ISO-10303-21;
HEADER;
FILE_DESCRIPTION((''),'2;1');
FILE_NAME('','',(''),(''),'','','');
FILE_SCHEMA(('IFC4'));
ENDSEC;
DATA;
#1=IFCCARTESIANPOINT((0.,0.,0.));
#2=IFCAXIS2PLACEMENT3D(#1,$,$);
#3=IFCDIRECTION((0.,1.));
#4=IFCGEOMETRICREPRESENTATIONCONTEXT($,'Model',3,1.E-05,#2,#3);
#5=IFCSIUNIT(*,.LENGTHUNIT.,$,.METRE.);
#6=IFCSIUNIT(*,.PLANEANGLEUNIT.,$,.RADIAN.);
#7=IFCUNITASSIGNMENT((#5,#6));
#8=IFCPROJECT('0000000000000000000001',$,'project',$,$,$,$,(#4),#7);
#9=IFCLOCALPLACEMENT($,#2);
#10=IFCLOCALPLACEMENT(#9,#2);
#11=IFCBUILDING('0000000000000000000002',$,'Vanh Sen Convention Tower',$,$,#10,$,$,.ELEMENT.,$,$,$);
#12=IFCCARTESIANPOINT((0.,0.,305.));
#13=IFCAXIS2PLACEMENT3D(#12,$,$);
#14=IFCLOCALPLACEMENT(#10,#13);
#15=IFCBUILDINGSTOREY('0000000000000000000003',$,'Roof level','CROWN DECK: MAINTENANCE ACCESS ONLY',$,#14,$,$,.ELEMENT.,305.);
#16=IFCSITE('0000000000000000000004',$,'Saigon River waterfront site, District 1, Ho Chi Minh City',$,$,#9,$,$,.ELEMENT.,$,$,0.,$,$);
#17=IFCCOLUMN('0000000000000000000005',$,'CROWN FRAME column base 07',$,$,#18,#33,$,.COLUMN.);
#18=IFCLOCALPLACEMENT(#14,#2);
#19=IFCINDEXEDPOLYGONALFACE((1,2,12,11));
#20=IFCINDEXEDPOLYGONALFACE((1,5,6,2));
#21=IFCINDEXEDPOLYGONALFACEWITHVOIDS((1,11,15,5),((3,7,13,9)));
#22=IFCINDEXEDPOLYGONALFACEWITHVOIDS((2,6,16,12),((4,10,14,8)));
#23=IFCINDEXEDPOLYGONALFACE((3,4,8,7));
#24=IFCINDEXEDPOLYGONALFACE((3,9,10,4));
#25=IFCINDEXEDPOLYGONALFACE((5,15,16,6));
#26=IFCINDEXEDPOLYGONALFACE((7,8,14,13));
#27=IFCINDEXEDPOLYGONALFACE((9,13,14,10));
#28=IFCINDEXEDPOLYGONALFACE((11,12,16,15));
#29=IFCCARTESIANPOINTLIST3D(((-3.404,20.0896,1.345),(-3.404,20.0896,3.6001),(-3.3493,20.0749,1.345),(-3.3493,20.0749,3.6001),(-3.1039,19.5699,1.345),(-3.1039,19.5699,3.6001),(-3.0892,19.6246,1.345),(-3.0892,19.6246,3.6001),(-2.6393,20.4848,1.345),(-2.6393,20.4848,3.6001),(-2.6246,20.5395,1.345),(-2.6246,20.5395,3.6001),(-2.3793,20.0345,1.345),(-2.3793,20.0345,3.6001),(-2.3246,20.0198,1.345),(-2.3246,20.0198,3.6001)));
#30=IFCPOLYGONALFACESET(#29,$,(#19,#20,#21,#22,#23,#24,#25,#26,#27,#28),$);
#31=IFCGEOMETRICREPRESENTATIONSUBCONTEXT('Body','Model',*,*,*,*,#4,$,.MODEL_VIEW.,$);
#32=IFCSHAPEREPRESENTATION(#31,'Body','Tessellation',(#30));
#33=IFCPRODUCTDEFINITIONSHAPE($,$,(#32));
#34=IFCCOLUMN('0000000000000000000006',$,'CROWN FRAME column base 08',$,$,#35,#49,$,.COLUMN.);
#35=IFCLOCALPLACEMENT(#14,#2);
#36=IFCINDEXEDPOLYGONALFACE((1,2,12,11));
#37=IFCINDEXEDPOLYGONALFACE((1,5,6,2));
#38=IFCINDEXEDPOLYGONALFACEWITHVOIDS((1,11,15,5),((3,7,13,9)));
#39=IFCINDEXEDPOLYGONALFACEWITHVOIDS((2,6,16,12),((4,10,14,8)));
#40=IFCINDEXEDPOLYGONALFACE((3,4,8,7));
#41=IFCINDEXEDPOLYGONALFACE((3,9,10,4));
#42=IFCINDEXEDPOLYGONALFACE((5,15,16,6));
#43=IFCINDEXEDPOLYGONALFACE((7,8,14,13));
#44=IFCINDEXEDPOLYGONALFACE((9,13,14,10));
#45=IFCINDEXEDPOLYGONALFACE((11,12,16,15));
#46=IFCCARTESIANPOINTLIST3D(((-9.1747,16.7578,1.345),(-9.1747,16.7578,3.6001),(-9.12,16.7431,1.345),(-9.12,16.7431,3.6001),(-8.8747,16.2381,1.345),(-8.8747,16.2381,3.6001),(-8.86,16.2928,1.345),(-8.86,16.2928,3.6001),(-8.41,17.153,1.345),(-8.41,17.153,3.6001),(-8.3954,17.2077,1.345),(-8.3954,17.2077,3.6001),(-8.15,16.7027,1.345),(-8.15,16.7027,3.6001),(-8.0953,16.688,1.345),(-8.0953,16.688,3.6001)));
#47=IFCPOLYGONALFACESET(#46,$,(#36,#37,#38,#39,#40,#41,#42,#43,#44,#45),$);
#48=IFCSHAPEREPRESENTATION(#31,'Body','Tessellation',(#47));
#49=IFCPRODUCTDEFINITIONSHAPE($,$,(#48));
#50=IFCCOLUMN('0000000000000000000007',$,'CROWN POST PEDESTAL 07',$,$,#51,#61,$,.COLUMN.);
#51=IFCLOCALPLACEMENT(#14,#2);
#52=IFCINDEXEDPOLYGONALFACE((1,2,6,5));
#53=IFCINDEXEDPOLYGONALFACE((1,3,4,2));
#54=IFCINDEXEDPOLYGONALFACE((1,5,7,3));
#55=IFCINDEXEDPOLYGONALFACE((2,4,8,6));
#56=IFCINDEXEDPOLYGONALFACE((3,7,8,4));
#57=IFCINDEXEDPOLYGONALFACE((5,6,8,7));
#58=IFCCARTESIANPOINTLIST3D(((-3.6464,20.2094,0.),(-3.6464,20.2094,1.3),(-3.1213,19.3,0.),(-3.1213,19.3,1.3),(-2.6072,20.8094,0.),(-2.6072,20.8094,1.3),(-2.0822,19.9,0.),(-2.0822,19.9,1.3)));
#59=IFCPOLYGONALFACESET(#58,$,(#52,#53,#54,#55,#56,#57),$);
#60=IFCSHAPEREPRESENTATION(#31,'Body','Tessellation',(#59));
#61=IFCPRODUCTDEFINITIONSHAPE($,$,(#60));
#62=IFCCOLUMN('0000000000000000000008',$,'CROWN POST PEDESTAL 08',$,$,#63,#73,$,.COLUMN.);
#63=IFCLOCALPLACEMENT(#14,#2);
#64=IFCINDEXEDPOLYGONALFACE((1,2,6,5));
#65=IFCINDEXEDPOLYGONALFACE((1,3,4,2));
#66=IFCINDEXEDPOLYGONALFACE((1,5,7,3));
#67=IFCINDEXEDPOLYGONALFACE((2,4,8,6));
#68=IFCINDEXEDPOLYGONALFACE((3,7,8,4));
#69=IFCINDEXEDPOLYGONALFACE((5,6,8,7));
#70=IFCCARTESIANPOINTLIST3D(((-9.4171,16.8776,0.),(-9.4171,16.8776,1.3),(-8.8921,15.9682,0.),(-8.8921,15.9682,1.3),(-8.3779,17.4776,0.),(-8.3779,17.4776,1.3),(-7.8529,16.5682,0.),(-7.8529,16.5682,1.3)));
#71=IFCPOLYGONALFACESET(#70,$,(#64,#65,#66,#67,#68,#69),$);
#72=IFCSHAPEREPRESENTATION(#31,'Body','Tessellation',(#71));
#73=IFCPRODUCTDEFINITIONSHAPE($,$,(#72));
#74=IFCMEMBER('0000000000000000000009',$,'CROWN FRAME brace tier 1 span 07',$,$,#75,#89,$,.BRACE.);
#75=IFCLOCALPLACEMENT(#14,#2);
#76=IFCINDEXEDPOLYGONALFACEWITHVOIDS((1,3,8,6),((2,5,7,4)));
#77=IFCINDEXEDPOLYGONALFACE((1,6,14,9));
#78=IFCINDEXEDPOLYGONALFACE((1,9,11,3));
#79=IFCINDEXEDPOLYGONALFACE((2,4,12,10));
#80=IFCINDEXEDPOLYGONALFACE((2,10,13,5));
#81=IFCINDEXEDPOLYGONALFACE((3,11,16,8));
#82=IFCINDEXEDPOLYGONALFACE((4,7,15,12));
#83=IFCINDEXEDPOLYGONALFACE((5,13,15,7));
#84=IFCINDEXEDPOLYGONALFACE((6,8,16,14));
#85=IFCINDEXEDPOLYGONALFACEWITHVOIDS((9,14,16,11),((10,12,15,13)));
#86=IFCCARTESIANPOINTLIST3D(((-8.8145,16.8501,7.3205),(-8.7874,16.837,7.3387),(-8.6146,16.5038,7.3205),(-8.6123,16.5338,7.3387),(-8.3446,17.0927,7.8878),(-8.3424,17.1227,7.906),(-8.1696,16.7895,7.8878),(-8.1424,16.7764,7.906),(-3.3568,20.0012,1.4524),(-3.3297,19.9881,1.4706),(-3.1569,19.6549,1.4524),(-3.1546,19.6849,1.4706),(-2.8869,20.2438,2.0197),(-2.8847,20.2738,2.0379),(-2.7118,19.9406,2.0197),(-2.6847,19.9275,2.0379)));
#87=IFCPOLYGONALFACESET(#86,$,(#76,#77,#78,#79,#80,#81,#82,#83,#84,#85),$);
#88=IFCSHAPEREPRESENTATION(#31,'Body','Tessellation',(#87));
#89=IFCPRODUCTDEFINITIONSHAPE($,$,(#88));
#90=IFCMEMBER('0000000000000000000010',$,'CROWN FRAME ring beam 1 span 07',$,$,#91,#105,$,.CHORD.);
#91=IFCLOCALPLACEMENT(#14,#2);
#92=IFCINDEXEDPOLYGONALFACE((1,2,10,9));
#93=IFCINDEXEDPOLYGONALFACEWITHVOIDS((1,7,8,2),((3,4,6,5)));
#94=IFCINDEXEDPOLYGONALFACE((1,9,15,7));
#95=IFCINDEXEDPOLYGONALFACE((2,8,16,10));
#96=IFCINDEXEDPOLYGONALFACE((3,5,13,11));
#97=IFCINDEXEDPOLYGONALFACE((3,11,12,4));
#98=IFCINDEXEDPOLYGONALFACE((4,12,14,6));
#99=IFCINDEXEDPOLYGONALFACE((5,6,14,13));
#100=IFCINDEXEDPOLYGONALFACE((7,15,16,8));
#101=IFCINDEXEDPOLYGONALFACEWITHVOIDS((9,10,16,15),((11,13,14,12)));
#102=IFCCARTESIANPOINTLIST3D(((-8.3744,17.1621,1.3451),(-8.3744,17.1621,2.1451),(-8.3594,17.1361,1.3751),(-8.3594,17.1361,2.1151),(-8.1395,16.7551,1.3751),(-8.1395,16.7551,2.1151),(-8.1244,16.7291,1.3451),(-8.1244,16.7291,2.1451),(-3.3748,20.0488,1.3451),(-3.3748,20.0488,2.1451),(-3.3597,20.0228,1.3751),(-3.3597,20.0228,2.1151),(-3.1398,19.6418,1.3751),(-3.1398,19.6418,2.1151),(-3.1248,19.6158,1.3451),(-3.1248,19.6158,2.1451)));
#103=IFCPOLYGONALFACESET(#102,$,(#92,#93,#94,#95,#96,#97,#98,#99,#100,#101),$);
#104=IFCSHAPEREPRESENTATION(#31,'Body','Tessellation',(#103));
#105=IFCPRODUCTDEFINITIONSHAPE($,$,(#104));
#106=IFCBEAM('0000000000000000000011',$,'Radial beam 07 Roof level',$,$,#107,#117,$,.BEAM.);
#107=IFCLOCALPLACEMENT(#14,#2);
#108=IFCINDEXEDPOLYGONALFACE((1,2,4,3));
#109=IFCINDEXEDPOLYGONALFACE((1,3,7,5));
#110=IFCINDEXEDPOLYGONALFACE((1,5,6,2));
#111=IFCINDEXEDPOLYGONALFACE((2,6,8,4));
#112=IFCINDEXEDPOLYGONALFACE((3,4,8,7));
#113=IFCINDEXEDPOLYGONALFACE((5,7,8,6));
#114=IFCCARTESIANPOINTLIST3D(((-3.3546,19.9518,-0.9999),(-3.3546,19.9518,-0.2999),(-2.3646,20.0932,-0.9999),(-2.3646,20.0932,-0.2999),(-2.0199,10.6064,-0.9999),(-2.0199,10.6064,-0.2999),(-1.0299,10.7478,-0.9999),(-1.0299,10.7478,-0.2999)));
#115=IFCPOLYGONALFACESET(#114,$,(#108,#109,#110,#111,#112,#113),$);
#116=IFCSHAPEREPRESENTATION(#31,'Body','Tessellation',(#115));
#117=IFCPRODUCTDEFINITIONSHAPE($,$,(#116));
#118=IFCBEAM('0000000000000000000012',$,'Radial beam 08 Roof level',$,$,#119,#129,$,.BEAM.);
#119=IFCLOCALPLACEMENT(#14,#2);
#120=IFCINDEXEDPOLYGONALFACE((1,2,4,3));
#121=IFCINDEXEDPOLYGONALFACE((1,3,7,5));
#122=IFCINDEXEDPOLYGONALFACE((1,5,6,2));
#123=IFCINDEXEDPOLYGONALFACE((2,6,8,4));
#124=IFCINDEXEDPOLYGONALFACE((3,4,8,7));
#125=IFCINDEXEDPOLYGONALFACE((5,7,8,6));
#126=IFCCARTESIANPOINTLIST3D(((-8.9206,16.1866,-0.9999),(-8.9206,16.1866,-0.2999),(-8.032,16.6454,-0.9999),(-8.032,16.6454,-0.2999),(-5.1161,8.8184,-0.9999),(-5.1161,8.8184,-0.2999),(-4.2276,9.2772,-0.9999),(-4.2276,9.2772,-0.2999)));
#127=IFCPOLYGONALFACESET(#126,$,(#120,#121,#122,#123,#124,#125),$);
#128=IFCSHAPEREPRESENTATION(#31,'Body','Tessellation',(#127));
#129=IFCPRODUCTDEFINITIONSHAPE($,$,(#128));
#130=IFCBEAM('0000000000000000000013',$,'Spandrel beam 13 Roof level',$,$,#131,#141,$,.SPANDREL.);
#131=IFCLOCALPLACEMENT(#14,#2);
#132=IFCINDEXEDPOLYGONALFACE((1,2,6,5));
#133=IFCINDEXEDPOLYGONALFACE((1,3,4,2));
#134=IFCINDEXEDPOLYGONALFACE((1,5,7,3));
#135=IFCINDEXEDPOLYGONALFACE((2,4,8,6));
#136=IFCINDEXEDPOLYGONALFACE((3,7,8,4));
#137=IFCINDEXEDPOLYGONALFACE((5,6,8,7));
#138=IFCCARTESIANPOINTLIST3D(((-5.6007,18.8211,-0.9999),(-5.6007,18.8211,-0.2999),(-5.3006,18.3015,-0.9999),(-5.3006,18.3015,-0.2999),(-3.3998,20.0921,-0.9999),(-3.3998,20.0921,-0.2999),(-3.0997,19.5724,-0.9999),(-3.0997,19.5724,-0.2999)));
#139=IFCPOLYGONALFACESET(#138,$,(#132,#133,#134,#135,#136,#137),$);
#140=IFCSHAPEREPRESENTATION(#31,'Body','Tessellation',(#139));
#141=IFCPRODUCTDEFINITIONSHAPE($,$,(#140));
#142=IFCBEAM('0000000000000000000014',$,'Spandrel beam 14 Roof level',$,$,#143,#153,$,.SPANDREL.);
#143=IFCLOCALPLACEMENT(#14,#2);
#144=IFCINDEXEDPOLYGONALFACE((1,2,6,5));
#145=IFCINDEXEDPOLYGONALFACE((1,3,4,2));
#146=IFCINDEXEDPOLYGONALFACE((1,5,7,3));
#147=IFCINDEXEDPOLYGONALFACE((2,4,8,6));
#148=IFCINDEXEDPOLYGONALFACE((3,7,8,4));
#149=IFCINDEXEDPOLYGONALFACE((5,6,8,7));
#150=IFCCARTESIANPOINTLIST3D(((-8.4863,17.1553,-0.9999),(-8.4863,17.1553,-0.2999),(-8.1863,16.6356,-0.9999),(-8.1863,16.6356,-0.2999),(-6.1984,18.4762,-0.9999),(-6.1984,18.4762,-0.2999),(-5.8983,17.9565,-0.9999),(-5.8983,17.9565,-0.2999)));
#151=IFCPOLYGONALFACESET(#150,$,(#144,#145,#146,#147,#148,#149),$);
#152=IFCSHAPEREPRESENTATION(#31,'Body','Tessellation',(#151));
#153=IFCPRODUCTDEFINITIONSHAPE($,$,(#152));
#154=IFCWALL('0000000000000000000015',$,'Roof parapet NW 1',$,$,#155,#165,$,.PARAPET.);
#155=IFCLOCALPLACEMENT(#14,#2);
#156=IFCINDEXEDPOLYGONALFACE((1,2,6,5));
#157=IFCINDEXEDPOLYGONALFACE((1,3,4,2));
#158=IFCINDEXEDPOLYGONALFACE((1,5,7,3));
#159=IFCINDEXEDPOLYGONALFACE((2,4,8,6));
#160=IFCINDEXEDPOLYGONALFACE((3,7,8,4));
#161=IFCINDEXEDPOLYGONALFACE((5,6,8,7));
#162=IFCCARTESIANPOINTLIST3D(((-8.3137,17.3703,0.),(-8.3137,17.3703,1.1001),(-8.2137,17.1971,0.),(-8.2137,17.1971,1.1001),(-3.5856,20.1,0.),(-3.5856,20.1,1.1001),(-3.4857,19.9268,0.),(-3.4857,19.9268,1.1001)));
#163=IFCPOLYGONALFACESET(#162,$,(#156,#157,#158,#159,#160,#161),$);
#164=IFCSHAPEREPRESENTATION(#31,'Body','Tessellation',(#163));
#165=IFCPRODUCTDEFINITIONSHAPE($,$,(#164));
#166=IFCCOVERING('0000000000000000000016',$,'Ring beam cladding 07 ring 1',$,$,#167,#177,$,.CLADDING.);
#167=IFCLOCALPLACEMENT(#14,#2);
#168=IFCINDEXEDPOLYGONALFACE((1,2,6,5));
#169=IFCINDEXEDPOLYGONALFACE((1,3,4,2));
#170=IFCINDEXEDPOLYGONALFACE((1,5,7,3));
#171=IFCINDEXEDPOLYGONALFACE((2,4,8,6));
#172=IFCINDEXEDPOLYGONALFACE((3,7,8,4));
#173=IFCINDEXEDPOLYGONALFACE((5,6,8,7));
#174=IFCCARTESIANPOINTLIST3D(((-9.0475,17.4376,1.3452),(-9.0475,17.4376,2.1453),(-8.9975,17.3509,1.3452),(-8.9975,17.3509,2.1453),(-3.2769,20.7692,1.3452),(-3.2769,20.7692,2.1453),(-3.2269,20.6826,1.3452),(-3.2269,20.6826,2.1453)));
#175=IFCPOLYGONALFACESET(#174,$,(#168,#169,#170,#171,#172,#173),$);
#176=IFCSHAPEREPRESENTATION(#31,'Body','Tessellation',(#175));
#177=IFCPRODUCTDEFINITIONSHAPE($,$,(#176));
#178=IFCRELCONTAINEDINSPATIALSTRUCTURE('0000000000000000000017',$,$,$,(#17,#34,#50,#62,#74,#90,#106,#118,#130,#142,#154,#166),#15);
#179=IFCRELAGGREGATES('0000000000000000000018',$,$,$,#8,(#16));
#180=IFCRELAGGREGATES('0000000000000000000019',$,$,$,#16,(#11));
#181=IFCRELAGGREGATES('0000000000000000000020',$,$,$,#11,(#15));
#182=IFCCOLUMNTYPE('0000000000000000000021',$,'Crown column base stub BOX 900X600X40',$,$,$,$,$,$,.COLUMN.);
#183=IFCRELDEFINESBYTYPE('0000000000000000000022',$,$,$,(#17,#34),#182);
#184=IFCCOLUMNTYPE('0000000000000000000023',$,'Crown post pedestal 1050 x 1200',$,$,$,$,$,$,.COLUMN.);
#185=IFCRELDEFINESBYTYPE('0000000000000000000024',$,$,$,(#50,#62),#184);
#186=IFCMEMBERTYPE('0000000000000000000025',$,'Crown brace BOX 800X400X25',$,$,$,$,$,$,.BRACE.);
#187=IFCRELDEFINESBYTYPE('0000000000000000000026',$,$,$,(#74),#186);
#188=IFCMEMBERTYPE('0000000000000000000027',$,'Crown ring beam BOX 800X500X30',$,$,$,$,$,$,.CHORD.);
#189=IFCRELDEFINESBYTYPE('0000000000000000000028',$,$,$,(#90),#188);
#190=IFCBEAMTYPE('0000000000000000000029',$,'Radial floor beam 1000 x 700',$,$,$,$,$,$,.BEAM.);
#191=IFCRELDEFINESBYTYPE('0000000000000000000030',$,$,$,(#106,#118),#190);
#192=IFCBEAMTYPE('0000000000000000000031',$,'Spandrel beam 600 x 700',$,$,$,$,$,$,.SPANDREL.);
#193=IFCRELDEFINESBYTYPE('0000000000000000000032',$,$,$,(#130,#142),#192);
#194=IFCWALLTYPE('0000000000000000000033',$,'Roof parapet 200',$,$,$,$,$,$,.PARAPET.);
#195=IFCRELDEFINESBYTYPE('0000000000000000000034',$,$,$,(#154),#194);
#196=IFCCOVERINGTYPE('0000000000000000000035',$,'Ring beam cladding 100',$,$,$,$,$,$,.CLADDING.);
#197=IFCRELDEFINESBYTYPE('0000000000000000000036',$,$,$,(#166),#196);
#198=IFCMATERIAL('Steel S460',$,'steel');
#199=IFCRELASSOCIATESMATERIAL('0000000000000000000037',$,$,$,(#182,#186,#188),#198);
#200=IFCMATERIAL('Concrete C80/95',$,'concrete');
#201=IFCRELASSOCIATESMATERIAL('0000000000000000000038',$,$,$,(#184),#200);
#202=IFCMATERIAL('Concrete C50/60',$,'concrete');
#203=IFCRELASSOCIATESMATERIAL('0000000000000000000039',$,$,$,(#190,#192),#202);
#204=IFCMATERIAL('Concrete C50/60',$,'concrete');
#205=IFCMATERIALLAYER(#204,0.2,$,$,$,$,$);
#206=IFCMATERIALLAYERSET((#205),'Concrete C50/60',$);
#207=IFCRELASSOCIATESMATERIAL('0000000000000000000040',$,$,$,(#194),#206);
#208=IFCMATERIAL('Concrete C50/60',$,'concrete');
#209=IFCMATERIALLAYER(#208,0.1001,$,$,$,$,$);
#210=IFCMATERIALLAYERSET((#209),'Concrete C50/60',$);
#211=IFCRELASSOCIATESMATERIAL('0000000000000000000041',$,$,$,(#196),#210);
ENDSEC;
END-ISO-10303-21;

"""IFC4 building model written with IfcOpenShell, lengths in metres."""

from ifc_helpers import new_model, si_unit, direction, frame, frame_2d, origin, origin_2d, place, context, subcontext, project, spatial, rectangle, hollow_rectangle, extrude, material, layer, layer_set, material_profile, profile_set, type_object, element, save


model = new_model("IFC4")

# Units and contexts
model_context = context("Model", 3, precision=1e-05, world=origin(), true_north=direction((0.0, 1.0)))
body_context = subcontext(model_context, "Body", "Model", "MODEL_VIEW")
ifc_project = project(units=[si_unit("LENGTHUNIT", "METRE"), si_unit("PLANEANGLEUNIT", "RADIAN")], contexts=[model_context])

# Site, building, storey
site_placement = place(None, origin())
site = spatial("IfcSite", under=ifc_project, at=site_placement, Name="Saigon River waterfront site, District 1, Ho Chi Minh City", CompositionType="ELEMENT", RefElevation=0.0)
building_placement = place(site_placement, origin())
building = spatial("IfcBuilding", under=site, at=building_placement, Name="Vanh Sen Convention Tower", CompositionType="ELEMENT")
storey_placement = place(building_placement, frame((0.0, 0.0, 305.0)))
storey = spatial("IfcBuildingStorey", under=building, at=storey_placement, Name="Roof level", Description="CROWN DECK: MAINTENANCE ACCESS ONLY", CompositionType="ELEMENT", Elevation=305.0)

# Columns
ifc_material_1 = material(Name="Steel S460", Category="steel")
ifc_material_profile_1 = material_profile(ifc_material_1, hollow_rectangle(XDim=0.6001, YDim=0.8999, WallThickness=0.04, at=origin_2d()), Name="BOX 900X600X40")
ifc_profile_set_1 = profile_set([ifc_material_profile_1], Name="Steel S460")
column_type_1 = type_object("IfcColumnType", Name="Crown column base stub BOX 900X600X40", PredefinedType="COLUMN", material=ifc_profile_set_1)
for number, where, z_axis, x_axis, name in (
    (1, (-2.8643, 20.0547, 1.345), (0.0, 0.0, 1.0), (0.5, -0.866025, 0.0), "CROWN FRAME column base 07"),
    (2, (-8.635, 16.7229, 1.345), (0.0, 0.0, 1.0), (0.5, -0.866025, 0.0), "CROWN FRAME column base 08"),
):
    element("IfcColumn", number, at=place(storey_placement, frame(where, z_axis=z_axis, x_axis=x_axis)), inside=storey, type_object=column_type_1, Name=name, PredefinedType="COLUMN", context=body_context, shape_type="SweptSolid", body=[
        extrude(hollow_rectangle(XDim=0.6001, YDim=0.8999, WallThickness=0.04, at=origin_2d()), origin(), (0.0, 0.0, 1.0), 2.2551),
    ])
ifc_material_2 = material(Name="Concrete C80/95", Category="concrete")
ifc_material_profile_2 = material_profile(ifc_material_2, rectangle(XDim=1.05, YDim=1.2, at=origin_2d()), Name="RC 1050X1200")
ifc_profile_set_2 = profile_set([ifc_material_profile_2], Name="Concrete C80/95")
column_type_2 = type_object("IfcColumnType", Name="Crown post pedestal 1050 x 1200", PredefinedType="COLUMN", material=ifc_profile_set_2)
for number, where, z_axis, x_axis, name in (
    (3, (-2.8643, 20.0547, 0.0), (0.0, 0.0, 1.0), (0.5, -0.866025, 0.0), "CROWN POST PEDESTAL 07"),
    (4, (-8.635, 16.7229, 0.0), (0.0, 0.0, 1.0), (0.5, -0.866025, 0.0), "CROWN POST PEDESTAL 08"),
):
    element("IfcColumn", number, at=place(storey_placement, frame(where, z_axis=z_axis, x_axis=x_axis)), inside=storey, type_object=column_type_2, Name=name, PredefinedType="COLUMN", context=body_context, shape_type="SweptSolid", body=[
        extrude(rectangle(XDim=1.05, YDim=1.2, at=origin_2d()), origin(), (0.0, 0.0, 1.0), 1.3),
    ])

# Members
ifc_material_profile_3 = material_profile(ifc_material_1, hollow_rectangle(XDim=0.3999, YDim=0.8, WallThickness=0.0249, at=origin_2d()), Name="BOX 800X400X25")
ifc_profile_set_3 = profile_set([ifc_material_profile_3], Name="Steel S460")
member_type_1 = type_object("IfcMemberType", Name="Crown brace BOX 800X400X25", PredefinedType="BRACE", material=ifc_profile_set_3)
member_1_placement = place(storey_placement, frame((-3.0208, 19.9644, 1.7451), z_axis=(-0.633801, -0.365935, 0.68146), x_axis=(0.50001, -0.86602, 0.0)))
element("IfcMember", 5, at=member_1_placement, inside=storey, type_object=member_type_1, Name="CROWN FRAME brace tier 1 span 07", PredefinedType="BRACE", context=body_context, shape_type="SweptSolid", body=[
    extrude(hollow_rectangle(XDim=0.3999, YDim=0.8, WallThickness=0.0249, at=origin_2d()), origin(), (0.0, 0.0, 1.0), 8.6111),
])
ifc_material_profile_4 = material_profile(ifc_material_1, hollow_rectangle(XDim=0.5, YDim=0.8, WallThickness=0.03, at=origin_2d()), Name="BOX 800X500X30")
ifc_profile_set_4 = profile_set([ifc_material_profile_4], Name="Steel S460")
member_type_2 = type_object("IfcMemberType", Name="Crown ring beam BOX 800X500X30", PredefinedType="CHORD", material=ifc_profile_set_4)
member_2_placement = place(storey_placement, frame((-3.2498, 19.8323, 1.7451), z_axis=(-0.866017, -0.500014, 0.0), x_axis=(0.500014, -0.866017, 0.0)))
element("IfcMember", 6, at=member_2_placement, inside=storey, type_object=member_type_2, Name="CROWN FRAME ring beam 1 span 07", PredefinedType="CHORD", context=body_context, shape_type="SweptSolid", body=[
    extrude(hollow_rectangle(XDim=0.5, YDim=0.8, WallThickness=0.03, at=origin_2d()), origin(), (0.0, 0.0, 1.0), 5.7732),
])

# Beams
ifc_material_3 = material(Name="Concrete C50/60", Category="concrete")
ifc_material_profile_5 = material_profile(ifc_material_3, rectangle(XDim=1.0, YDim=0.7, at=origin_2d()), Name="RC 1000X700")
ifc_profile_set_5 = profile_set([ifc_material_profile_5], Name="Concrete C50/60")
beam_type_1 = type_object("IfcBeamType", Name="Radial floor beam 1000 x 700", PredefinedType="BEAM", material=ifc_profile_set_5)
beam_1_placement = place(storey_placement, frame((-2.8596, 20.0225, -0.6499), z_axis=(0.141385, -0.989955, 0.0), x_axis=(0.989955, 0.141385, 0.0)))
element("IfcBeam", 7, at=beam_1_placement, inside=storey, type_object=beam_type_1, Name="Radial beam 07 Roof level", PredefinedType="BEAM", context=body_context, shape_type="SweptSolid", body=[
    extrude(rectangle(XDim=1.0, YDim=0.7, at=origin_2d()), origin(), (0.0, 0.0, 1.0), 9.4402),
])
beam_2_placement = place(storey_placement, frame((-8.4763, 16.416, -0.6499), z_axis=(0.458788, -0.888546, 0.0), x_axis=(0.888546, 0.458788, 0.0)))
element("IfcBeam", 8, at=beam_2_placement, inside=storey, type_object=beam_type_1, Name="Radial beam 08 Roof level", PredefinedType="BEAM", context=body_context, shape_type="SweptSolid", body=[
    extrude(rectangle(XDim=1.0, YDim=0.7, at=origin_2d()), origin(), (0.0, 0.0, 1.0), 8.2925),
])
ifc_material_profile_6 = material_profile(ifc_material_3, rectangle(XDim=0.6001, YDim=0.7, at=origin_2d()), Name="RC 600X700")
ifc_profile_set_6 = profile_set([ifc_material_profile_6], Name="Concrete C50/60")
beam_type_2 = type_object("IfcBeamType", Name="Spandrel beam 600 x 700", PredefinedType="SPANDREL", material=ifc_profile_set_6)
beam_3_placement = place(storey_placement, frame((-3.2498, 19.8323, -0.6499), z_axis=(-0.865976, -0.500086, 0.0), x_axis=(0.500086, -0.865976, 0.0)))
element("IfcBeam", 9, at=beam_3_placement, inside=storey, type_object=beam_type_2, Name="Spandrel beam 13 Roof level", PredefinedType="SPANDREL", context=body_context, shape_type="SweptSolid", body=[
    extrude(rectangle(XDim=0.6001, YDim=0.7, at=origin_2d()), origin(), (0.0, 0.0, 1.0), 2.5415),
])
beam_4_placement = place(storey_placement, frame((-6.0483, 18.2163, -0.6499), z_axis=(-0.866039, -0.499976, 0.0), x_axis=(0.499976, -0.866039, 0.0)))
element("IfcBeam", 10, at=beam_4_placement, inside=storey, type_object=beam_type_2, Name="Spandrel beam 14 Roof level", PredefinedType="SPANDREL", context=body_context, shape_type="SweptSolid", body=[
    extrude(rectangle(XDim=0.6001, YDim=0.7, at=origin_2d()), origin(), (0.0, 0.0, 1.0), 2.6418),
])

# Wall
ifc_material_4 = material(Name="Concrete C50/60", Category="concrete")
ifc_layer_1 = layer(ifc_material_4, 0.2)
ifc_layer_set_1 = layer_set([ifc_layer_1], Name="Concrete C50/60")
wall_type = type_object("IfcWallType", Name="Roof parapet 200", PredefinedType="PARAPET", material=ifc_layer_set_1)
wall_placement = place(storey_placement, frame((-3.5356, 20.0134, 0.0), z_axis=(0.0, 0.0, 1.0), x_axis=(-0.866025, -0.500001, 0.0)))
element("IfcWall", 11, at=wall_placement, inside=storey, type_object=wall_type, Name="Roof parapet NW 1", PredefinedType="PARAPET", context=body_context, shape_type="SweptSolid", body=[
    extrude(rectangle(XDim=5.4595, YDim=0.2, at=frame_2d((2.7297, 0.0))), origin(), (0.0, 0.0, 1.0), 1.1001),
])

# Covering
ifc_material_5 = material(Name="Concrete C50/60", Category="concrete")
ifc_layer_2 = layer(ifc_material_5, 0.1001)
ifc_layer_set_2 = layer_set([ifc_layer_2], Name="Concrete C50/60")
covering_type = type_object("IfcCoveringType", Name="Ring beam cladding 100", PredefinedType="CLADDING", material=ifc_layer_set_2)
covering_placement = place(storey_placement, frame((-6.1372, 19.0601, 1.3452), z_axis=(0.0, 0.0, 1.0), x_axis=(-0.866023, -0.500005, 0.0)))
element("IfcCovering", 12, at=covering_placement, inside=storey, type_object=covering_type, Name="Ring beam cladding 07 ring 1", PredefinedType="CLADDING", context=body_context, shape_type="SweptSolid", body=[
    extrude(rectangle(XDim=6.6633, YDim=0.1001, at=origin_2d()), origin(), (0.0, 0.0, 1.0), 0.8),
])

save(model, "model.ifc")
